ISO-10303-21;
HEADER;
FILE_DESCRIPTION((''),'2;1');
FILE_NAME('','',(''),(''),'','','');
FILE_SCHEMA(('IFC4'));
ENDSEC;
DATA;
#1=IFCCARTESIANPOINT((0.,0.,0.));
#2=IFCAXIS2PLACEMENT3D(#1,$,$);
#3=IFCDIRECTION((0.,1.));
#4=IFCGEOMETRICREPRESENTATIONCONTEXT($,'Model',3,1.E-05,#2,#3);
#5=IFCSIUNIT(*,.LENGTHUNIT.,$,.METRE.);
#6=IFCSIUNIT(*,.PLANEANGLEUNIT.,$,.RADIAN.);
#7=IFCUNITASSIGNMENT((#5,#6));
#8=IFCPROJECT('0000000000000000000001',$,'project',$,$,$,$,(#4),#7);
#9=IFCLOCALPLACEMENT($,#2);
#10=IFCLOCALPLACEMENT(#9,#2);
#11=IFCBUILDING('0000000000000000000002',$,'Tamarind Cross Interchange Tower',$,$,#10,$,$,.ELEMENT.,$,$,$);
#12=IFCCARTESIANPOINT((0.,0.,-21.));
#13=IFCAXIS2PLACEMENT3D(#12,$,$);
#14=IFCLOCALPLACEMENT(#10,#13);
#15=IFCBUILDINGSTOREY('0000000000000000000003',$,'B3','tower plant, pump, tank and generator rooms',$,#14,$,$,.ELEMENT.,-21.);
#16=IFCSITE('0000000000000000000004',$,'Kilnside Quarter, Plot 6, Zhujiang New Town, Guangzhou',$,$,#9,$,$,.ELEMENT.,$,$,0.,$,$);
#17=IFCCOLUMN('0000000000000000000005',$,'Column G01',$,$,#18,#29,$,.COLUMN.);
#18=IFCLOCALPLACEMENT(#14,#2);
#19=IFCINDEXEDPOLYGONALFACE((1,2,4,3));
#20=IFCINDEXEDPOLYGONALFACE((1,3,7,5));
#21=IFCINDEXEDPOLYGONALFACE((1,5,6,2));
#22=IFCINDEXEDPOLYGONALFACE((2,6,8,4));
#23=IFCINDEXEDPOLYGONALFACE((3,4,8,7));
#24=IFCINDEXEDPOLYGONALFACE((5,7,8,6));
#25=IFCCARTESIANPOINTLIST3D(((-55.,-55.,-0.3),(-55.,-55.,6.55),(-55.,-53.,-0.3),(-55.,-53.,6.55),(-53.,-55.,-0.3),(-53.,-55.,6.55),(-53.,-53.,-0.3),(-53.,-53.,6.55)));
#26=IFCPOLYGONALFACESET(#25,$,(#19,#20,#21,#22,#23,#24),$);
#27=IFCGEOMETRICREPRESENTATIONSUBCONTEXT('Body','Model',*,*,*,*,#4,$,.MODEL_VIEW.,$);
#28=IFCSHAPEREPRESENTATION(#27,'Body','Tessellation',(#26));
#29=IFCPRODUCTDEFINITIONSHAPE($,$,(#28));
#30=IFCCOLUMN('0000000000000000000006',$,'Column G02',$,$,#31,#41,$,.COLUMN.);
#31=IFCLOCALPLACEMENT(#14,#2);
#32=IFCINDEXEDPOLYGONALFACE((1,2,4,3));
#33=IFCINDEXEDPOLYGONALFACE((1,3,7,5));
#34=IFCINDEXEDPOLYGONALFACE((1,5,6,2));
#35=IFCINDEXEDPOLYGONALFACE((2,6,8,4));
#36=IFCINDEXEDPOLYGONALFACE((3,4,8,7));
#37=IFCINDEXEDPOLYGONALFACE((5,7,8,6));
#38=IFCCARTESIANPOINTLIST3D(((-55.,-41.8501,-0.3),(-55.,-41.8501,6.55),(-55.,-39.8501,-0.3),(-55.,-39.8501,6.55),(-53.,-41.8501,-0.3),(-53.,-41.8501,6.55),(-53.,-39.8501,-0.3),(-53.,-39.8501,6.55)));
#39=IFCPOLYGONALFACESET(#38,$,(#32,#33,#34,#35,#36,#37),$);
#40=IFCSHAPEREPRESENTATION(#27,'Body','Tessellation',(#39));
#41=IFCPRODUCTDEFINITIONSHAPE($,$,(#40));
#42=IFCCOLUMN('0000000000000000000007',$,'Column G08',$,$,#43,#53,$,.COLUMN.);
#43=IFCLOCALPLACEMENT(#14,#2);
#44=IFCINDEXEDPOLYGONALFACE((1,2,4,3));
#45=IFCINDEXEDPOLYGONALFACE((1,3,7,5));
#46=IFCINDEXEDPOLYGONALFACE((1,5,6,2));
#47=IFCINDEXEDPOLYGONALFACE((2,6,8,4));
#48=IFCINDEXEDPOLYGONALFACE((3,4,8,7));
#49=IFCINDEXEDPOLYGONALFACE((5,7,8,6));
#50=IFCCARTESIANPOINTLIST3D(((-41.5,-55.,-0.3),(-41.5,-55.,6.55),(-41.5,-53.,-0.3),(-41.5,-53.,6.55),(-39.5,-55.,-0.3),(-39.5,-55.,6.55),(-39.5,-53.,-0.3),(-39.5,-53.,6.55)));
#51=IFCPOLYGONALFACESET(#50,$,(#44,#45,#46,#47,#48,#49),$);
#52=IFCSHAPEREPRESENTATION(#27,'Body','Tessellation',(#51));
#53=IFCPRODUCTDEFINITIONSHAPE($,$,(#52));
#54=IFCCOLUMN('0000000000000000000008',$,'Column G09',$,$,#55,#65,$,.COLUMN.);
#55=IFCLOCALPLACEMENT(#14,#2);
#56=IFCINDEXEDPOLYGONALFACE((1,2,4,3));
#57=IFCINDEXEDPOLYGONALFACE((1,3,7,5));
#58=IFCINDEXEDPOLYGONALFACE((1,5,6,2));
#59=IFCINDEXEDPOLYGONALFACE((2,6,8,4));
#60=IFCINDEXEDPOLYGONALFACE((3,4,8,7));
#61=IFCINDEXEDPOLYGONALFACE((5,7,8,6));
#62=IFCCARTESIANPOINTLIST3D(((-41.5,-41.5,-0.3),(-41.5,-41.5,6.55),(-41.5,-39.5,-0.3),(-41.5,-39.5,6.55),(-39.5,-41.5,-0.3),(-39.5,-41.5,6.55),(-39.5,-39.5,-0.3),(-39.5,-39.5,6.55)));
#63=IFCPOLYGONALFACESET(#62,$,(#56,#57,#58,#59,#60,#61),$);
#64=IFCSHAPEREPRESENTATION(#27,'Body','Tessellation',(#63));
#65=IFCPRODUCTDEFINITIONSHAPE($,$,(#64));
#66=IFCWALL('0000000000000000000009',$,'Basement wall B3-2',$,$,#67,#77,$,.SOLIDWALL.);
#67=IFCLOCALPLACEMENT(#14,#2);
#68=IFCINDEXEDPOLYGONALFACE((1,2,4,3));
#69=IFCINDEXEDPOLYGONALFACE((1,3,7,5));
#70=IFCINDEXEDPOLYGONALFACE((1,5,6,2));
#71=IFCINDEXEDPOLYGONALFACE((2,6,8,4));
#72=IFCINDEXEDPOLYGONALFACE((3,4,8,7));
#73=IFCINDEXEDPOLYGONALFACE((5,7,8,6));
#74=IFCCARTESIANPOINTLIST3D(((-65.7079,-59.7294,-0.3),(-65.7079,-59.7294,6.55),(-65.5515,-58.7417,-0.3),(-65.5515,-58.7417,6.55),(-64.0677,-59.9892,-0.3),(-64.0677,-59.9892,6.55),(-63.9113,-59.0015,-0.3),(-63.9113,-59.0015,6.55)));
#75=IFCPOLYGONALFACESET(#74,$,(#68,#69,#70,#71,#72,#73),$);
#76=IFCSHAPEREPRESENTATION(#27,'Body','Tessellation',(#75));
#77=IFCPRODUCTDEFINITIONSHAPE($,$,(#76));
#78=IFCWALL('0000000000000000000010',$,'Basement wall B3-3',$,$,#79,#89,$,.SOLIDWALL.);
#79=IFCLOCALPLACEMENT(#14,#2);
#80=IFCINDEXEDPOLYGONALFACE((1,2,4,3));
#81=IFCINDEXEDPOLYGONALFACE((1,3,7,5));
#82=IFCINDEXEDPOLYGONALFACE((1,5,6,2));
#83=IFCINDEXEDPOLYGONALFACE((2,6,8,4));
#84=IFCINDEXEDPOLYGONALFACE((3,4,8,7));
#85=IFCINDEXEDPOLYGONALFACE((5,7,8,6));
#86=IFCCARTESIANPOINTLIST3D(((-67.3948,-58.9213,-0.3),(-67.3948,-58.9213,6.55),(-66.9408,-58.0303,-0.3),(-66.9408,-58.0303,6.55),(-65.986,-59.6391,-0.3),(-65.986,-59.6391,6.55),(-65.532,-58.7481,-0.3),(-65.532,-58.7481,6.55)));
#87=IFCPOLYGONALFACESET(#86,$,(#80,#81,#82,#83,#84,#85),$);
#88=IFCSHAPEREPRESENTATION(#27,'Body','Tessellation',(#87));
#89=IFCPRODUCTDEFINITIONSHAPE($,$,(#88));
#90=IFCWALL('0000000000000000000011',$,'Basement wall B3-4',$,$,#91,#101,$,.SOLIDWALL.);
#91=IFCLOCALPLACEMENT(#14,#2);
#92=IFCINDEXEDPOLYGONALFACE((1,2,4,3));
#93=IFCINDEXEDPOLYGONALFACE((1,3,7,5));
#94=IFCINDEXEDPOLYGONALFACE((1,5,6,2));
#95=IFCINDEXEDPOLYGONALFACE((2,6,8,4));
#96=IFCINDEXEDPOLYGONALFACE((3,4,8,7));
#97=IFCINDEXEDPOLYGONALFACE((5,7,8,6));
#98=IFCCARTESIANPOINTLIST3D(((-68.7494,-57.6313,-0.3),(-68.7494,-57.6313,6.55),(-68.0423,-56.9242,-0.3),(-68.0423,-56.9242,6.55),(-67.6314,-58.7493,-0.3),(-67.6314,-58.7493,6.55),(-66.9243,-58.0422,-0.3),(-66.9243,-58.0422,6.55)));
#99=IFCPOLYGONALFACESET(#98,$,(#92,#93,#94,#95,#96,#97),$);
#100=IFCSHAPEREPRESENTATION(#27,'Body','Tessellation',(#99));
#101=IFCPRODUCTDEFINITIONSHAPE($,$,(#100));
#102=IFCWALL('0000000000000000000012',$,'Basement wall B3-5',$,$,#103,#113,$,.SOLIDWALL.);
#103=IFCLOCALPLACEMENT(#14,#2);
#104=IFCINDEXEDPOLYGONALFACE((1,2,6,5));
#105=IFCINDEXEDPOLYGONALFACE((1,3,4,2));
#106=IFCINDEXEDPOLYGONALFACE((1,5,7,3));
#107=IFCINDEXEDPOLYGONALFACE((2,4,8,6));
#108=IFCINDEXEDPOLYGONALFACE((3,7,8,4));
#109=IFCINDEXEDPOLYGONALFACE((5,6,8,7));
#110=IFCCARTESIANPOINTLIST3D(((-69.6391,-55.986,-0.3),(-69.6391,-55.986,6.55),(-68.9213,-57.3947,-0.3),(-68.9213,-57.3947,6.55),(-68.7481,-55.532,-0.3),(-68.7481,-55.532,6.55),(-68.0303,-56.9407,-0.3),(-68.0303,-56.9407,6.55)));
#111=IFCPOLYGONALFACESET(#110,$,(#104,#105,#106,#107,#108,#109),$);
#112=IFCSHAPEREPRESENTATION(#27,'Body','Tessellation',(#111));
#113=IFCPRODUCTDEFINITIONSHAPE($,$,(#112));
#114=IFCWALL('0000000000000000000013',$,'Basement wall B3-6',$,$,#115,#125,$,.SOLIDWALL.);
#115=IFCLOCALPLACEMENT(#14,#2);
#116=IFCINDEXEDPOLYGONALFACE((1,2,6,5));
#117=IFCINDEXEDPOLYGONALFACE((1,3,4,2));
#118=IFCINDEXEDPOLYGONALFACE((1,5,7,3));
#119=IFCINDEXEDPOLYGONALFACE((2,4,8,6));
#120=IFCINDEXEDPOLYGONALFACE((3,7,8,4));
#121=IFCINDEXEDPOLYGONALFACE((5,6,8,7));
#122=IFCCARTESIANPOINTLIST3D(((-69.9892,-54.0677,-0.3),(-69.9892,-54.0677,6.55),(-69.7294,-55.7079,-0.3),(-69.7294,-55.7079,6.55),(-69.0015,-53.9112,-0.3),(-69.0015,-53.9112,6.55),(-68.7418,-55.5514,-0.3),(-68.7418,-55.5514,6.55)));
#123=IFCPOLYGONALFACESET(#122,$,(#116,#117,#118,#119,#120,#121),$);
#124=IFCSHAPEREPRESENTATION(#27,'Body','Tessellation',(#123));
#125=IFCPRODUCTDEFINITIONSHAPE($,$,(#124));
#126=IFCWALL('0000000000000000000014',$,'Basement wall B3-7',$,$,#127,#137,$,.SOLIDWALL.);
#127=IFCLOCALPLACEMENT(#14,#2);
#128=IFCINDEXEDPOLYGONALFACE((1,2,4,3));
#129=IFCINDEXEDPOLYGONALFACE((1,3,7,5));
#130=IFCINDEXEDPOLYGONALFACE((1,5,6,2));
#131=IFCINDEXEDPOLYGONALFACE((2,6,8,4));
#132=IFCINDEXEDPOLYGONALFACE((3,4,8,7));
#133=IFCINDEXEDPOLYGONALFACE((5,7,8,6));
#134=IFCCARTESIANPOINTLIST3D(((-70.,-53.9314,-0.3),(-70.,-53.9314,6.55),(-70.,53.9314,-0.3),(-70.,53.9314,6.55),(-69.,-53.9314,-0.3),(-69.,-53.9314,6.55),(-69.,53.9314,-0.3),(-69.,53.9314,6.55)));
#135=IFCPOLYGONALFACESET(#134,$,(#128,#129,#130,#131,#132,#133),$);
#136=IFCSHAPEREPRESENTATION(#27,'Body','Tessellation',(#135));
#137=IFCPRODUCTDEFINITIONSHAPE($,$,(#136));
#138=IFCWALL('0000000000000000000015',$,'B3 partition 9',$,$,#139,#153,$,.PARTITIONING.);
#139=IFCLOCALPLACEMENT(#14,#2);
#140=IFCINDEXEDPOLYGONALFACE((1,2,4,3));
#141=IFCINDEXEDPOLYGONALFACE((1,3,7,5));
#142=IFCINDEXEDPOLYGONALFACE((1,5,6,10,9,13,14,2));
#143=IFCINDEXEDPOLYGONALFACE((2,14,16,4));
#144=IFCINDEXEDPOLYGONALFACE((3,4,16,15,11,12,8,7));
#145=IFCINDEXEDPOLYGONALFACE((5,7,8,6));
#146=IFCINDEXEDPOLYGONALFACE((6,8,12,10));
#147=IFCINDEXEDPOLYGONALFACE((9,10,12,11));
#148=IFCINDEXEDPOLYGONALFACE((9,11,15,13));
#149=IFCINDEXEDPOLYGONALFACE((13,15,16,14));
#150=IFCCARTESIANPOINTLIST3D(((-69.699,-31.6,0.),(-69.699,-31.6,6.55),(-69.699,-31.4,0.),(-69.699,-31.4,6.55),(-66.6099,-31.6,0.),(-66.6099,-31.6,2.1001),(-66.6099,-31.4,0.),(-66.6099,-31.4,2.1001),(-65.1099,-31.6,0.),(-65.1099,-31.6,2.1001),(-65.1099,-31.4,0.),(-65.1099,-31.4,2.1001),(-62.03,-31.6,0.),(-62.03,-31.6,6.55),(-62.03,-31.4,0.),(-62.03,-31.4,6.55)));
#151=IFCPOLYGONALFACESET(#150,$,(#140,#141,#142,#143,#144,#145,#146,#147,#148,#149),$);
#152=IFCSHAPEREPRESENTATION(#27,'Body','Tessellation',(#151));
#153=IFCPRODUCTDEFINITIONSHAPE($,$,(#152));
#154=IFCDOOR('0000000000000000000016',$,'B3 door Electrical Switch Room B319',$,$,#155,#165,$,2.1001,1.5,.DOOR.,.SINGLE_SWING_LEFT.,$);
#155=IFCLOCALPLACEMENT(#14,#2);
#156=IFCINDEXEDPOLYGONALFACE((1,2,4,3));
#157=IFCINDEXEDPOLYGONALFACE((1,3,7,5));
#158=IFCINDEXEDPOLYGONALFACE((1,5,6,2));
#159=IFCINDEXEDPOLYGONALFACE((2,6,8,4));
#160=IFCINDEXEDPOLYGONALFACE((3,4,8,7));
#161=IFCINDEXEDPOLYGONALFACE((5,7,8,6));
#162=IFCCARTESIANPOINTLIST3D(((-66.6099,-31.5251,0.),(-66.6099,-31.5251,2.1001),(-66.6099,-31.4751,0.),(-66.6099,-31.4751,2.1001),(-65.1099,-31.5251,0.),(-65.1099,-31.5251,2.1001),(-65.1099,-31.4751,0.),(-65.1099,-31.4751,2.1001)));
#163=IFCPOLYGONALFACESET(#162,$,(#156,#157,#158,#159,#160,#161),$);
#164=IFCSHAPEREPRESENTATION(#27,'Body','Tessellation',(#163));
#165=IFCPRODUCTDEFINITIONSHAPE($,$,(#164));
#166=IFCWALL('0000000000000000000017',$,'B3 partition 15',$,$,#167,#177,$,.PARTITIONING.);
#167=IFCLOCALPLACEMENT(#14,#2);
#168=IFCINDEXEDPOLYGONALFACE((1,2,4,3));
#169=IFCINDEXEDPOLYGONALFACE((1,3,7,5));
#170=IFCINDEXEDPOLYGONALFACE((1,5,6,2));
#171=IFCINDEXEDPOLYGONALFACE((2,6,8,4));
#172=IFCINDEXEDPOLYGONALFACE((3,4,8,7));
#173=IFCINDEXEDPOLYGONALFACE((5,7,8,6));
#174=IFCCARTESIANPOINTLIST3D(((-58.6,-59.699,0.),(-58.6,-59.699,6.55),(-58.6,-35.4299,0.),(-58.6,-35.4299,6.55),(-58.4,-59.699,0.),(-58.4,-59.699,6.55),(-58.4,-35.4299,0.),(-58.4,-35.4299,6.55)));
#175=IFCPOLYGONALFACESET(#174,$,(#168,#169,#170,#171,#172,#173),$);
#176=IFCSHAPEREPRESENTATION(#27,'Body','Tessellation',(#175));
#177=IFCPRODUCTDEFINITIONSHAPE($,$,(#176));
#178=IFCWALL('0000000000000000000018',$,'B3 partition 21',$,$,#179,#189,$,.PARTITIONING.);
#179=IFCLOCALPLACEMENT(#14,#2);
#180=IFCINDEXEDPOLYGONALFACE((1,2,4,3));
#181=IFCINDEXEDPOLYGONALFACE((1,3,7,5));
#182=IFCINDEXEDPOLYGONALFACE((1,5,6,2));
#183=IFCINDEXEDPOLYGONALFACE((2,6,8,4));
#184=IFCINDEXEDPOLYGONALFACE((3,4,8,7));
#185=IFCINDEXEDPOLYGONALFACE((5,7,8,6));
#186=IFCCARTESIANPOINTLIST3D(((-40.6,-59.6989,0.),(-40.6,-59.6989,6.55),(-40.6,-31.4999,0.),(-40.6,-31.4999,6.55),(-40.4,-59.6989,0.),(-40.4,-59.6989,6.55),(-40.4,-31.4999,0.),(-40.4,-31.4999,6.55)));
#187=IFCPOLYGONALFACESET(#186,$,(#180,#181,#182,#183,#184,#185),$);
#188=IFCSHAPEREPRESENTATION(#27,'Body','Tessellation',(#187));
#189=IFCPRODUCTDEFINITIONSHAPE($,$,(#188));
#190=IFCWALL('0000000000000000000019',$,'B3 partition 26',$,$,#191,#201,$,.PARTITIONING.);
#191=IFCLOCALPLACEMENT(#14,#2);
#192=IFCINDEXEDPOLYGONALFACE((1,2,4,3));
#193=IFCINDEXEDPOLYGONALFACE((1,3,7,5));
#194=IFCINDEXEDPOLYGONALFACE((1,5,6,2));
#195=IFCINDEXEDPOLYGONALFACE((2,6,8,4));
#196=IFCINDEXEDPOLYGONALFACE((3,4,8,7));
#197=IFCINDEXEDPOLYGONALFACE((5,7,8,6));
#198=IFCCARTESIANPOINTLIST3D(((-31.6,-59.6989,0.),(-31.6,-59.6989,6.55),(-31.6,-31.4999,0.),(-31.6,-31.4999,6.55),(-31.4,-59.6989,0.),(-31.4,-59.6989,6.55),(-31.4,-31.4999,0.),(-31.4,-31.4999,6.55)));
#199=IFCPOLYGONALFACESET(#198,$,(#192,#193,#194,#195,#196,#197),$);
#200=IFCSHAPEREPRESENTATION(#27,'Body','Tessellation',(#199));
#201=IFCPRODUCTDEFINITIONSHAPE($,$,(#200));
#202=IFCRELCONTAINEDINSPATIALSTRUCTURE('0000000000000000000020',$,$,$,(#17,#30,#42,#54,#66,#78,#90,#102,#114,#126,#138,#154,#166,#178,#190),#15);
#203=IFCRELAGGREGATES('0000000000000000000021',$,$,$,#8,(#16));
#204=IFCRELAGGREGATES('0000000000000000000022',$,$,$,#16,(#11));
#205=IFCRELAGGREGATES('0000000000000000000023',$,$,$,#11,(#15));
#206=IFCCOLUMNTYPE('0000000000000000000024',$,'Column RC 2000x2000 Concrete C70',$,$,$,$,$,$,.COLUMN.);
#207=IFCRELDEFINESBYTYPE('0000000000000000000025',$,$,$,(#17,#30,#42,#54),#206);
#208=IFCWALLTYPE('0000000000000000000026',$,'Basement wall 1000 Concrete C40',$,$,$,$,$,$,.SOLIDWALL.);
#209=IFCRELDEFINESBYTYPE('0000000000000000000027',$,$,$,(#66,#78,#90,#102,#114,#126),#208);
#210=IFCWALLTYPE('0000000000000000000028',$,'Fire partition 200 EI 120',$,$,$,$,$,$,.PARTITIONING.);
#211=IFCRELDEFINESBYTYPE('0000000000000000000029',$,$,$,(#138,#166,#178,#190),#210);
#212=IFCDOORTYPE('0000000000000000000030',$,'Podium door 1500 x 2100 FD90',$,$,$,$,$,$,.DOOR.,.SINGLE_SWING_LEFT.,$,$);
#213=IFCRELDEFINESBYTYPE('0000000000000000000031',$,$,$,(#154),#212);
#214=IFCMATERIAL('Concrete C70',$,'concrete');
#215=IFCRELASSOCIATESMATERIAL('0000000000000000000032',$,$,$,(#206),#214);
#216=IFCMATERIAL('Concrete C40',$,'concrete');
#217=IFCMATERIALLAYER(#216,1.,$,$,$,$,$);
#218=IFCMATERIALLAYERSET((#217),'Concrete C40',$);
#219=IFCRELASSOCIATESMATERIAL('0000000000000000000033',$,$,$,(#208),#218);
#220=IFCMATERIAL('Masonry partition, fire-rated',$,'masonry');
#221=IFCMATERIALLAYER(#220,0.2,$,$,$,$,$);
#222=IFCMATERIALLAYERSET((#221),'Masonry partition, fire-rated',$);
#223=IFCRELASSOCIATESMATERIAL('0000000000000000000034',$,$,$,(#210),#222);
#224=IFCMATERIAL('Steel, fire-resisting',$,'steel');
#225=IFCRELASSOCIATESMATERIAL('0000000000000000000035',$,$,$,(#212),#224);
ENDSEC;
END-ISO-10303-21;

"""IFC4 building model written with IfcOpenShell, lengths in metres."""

from ifc_helpers import new_model, si_unit, direction, frame, frame_2d, origin, origin_2d, place, context, subcontext, project, spatial, rectangle, extrude, material, layer, layer_set, material_profile, profile_set, type_object, element, fill, save


model = new_model("IFC4")

# Units and contexts
model_context = context("Model", 3, precision=1e-05, world=origin(), true_north=direction((0.0, 1.0)))
body_context = subcontext(model_context, "Body", "Model", "MODEL_VIEW")
ifc_project = project(units=[si_unit("LENGTHUNIT", "METRE"), si_unit("PLANEANGLEUNIT", "RADIAN")], contexts=[model_context])

# Site, building, storey
site_placement = place(None, origin())
site = spatial("IfcSite", under=ifc_project, at=site_placement, Name="Kilnside Quarter, Plot 6, Zhujiang New Town, Guangzhou", CompositionType="ELEMENT", RefElevation=0.0)
building_placement = place(site_placement, origin())
building = spatial("IfcBuilding", under=site, at=building_placement, Name="Tamarind Cross Interchange Tower", CompositionType="ELEMENT")
storey_placement = place(building_placement, frame((0.0, 0.0, -21.0)))
storey = spatial("IfcBuildingStorey", under=building, at=storey_placement, Name="B3", Description="tower plant, pump, tank and generator rooms", CompositionType="ELEMENT", Elevation=-21.0)

# Columns
ifc_material_1 = material(Name="Concrete C70", Category="concrete")
ifc_material_profile = material_profile(ifc_material_1, rectangle(XDim=2.0, YDim=2.0, at=origin_2d()), Name="RC 2000x2000")
ifc_profile_set = profile_set([ifc_material_profile], Name="Concrete C70")
column_type = type_object("IfcColumnType", Name="Column RC 2000x2000 Concrete C70", PredefinedType="COLUMN", material=ifc_profile_set)
for number, where, z_axis, x_axis, name in (
    (1, (-54.0, -54.0, -0.3), (0.0, 0.0, 1.0), (1.0, 0.0, 0.0), "Column G01"),
    (2, (-54.0, -40.8501, -0.3), (0.0, 0.0, 1.0), (1.0, 0.0, 0.0), "Column G02"),
    (3, (-40.5, -54.0, -0.3), (0.0, 0.0, 1.0), (1.0, 0.0, 0.0), "Column G08"),
    (4, (-40.5, -40.5, -0.3), (0.0, 0.0, 1.0), (1.0, 0.0, 0.0), "Column G09"),
):
    element("IfcColumn", number, at=place(storey_placement, frame(where, z_axis=z_axis, x_axis=x_axis)), inside=storey, type_object=column_type, Name=name, PredefinedType="COLUMN", context=body_context, shape_type="SweptSolid", body=[
        extrude(rectangle(XDim=2.0, YDim=2.0, at=origin_2d()), origin(), (0.0, 0.0, 1.0), 6.8501),
    ])

# Walls
ifc_material_2 = material(Name="Concrete C40", Category="concrete")
ifc_layer_1 = layer(ifc_material_2, 1.0)
ifc_layer_set_1 = layer_set([ifc_layer_1], Name="Concrete C40")
wall_type_1 = type_object("IfcWallType", Name="Basement wall 1000 Concrete C40", PredefinedType="SOLIDWALL", material=ifc_layer_set_1)
wall_1_placement = place(storey_placement, frame((-63.9895, -59.4954, -0.3), z_axis=(0.0, 0.0, 1.0), x_axis=(-0.987689, 0.156431, 0.0)))
element("IfcWall", 5, at=wall_1_placement, inside=storey, type_object=wall_type_1, Name="Basement wall B3-2", PredefinedType="SOLIDWALL", context=body_context, shape_type="SweptSolid", body=[
    extrude(rectangle(XDim=1.6606, YDim=1.0, at=frame_2d((0.8303, 0.0))), origin(), (0.0, 0.0, 1.0), 6.8501),
])
for number, where, z_axis, x_axis, name in (
    (6, (-65.759, -59.1936, -0.3), (0.0, 0.0, 1.0), (-0.891004, 0.453995, 0.0), "Basement wall B3-3"),
    (7, (-67.2778, -58.3958, -0.3), (0.0, 0.0, 1.0), (-0.707107, 0.707107, 0.0), "Basement wall B3-4"),
    (8, (-68.4758, -57.1677, -0.3), (0.0, 0.0, 1.0), (-0.453995, 0.891004, 0.0), "Basement wall B3-5"),
):
    element("IfcWall", number, at=place(storey_placement, frame(where, z_axis=z_axis, x_axis=x_axis)), inside=storey, type_object=wall_type_1, Name=name, PredefinedType="SOLIDWALL", context=body_context, shape_type="SweptSolid", body=[
        extrude(rectangle(XDim=1.5811, YDim=1.0, at=frame_2d((0.7905, 0.0))), origin(), (0.0, 0.0, 1.0), 6.8501),
    ])
wall_2_placement = place(storey_placement, frame((-69.2356, -55.6296, -0.3), z_axis=(0.0, 0.0, 1.0), x_axis=(-0.156431, 0.987689, 0.0)))
element("IfcWall", 9, at=wall_2_placement, inside=storey, type_object=wall_type_1, Name="Basement wall B3-6", PredefinedType="SOLIDWALL", context=body_context, shape_type="SweptSolid", body=[
    extrude(rectangle(XDim=1.6606, YDim=1.0, at=frame_2d((0.8303, 0.0))), origin(), (0.0, 0.0, 1.0), 6.8501),
])
wall_3_placement = place(storey_placement, frame((-69.5, -53.9314, -0.3), z_axis=(0.0, 0.0, 1.0), x_axis=(0.0, 1.0, 0.0)))
element("IfcWall", 10, at=wall_3_placement, inside=storey, type_object=wall_type_1, Name="Basement wall B3-7", PredefinedType="SOLIDWALL", context=body_context, shape_type="SweptSolid", body=[
    extrude(rectangle(XDim=107.8628, YDim=1.0, at=frame_2d((53.9314, 0.0))), origin(), (0.0, 0.0, 1.0), 6.8501),
])

# Wall, opening, door
ifc_material_3 = material(Name="Masonry partition, fire-rated", Category="masonry")
ifc_layer_2 = layer(ifc_material_3, 0.2)
ifc_layer_set_2 = layer_set([ifc_layer_2], Name="Masonry partition, fire-rated")
wall_type_2 = type_object("IfcWallType", Name="Fire partition 200 EI 120", PredefinedType="PARTITIONING", material=ifc_layer_set_2)
wall_4_placement = place(storey_placement, frame((-69.699, -31.5, 0.0), z_axis=(0.0, 0.0, 1.0), x_axis=(1.0, 0.0, 0.0)))
wall_4 = element("IfcWall", 11, at=wall_4_placement, inside=storey, type_object=wall_type_2, Name="B3 partition 9", PredefinedType="PARTITIONING", context=body_context, shape_type="SweptSolid", body=[
    extrude(rectangle(XDim=7.6689, YDim=0.2, at=frame_2d((3.8345, 0.0))), origin(), (0.0, 0.0, 1.0), 6.55),
])
opening_1_placement = place(wall_4_placement, frame((3.0891, 0.0, 0.0)))
opening_1 = element("IfcOpeningElement", 12, at=opening_1_placement, cuts=wall_4, PredefinedType="OPENING", context=body_context, shape_type="SweptSolid", body=[
    extrude(rectangle(XDim=1.5, YDim=2.1001, at=frame_2d((0.75, 1.05))), frame((0.0, 0.1099, 0.0), z_axis=(0.0, -1.0, 0.0), x_axis=(1.0, 0.0, 0.0)), (0.0, 0.0, 1.0), 0.22),
])
ifc_material_4 = material(Name="Steel, fire-resisting", Category="steel")
door_type_1 = type_object("IfcDoorType", Name="Podium door 1500 x 2100 FD90", OperationType="SINGLE_SWING_LEFT", PredefinedType="DOOR", material=ifc_material_4)
door_1_placement = place(opening_1_placement, origin())
door_1 = element("IfcDoor", 13, at=door_1_placement, inside=storey, type_object=door_type_1, Name="B3 door Electrical Switch Room B319", OperationType="SINGLE_SWING_LEFT", OverallHeight=2.1001, OverallWidth=1.5, PredefinedType="DOOR", context=body_context, shape_type="SweptSolid", body=[
    extrude(rectangle(XDim=1.5, YDim=2.1001, at=frame_2d((0.75, 1.05))), frame((0.0, 0.0249, 0.0), z_axis=(0.0, -1.0, 0.0), x_axis=(1.0, 0.0, 0.0)), (0.0, 0.0, 1.0), 0.05),
])
fill(opening_1, door_1)

# Walls
wall_5_placement = place(storey_placement, frame((-58.5, -59.699, 0.0), z_axis=(0.0, 0.0, 1.0), x_axis=(0.0, 1.0, 0.0)))
element("IfcWall", 14, at=wall_5_placement, inside=storey, type_object=wall_type_2, Name="B3 partition 15", PredefinedType="PARTITIONING", context=body_context, shape_type="SweptSolid", body=[
    extrude(rectangle(XDim=24.269, YDim=0.2, at=frame_2d((12.1345, 0.0))), origin(), (0.0, 0.0, 1.0), 6.55),
])
for number, where, z_axis, x_axis, name in (
    (15, (-40.5, -59.699, 0.0), (0.0, 0.0, 1.0), (0.0, 1.0, 0.0), "B3 partition 21"),
    (16, (-31.5, -59.699, 0.0), (0.0, 0.0, 1.0), (0.0, 1.0, 0.0), "B3 partition 26"),
):
    element("IfcWall", number, at=place(storey_placement, frame(where, z_axis=z_axis, x_axis=x_axis)), inside=storey, type_object=wall_type_2, Name=name, PredefinedType="PARTITIONING", context=body_context, shape_type="SweptSolid", body=[
        extrude(rectangle(XDim=28.199, YDim=0.2, at=frame_2d((14.0996, 0.0))), origin(), (0.0, 0.0, 1.0), 6.55),
    ])

save(model, "model.ifc")
